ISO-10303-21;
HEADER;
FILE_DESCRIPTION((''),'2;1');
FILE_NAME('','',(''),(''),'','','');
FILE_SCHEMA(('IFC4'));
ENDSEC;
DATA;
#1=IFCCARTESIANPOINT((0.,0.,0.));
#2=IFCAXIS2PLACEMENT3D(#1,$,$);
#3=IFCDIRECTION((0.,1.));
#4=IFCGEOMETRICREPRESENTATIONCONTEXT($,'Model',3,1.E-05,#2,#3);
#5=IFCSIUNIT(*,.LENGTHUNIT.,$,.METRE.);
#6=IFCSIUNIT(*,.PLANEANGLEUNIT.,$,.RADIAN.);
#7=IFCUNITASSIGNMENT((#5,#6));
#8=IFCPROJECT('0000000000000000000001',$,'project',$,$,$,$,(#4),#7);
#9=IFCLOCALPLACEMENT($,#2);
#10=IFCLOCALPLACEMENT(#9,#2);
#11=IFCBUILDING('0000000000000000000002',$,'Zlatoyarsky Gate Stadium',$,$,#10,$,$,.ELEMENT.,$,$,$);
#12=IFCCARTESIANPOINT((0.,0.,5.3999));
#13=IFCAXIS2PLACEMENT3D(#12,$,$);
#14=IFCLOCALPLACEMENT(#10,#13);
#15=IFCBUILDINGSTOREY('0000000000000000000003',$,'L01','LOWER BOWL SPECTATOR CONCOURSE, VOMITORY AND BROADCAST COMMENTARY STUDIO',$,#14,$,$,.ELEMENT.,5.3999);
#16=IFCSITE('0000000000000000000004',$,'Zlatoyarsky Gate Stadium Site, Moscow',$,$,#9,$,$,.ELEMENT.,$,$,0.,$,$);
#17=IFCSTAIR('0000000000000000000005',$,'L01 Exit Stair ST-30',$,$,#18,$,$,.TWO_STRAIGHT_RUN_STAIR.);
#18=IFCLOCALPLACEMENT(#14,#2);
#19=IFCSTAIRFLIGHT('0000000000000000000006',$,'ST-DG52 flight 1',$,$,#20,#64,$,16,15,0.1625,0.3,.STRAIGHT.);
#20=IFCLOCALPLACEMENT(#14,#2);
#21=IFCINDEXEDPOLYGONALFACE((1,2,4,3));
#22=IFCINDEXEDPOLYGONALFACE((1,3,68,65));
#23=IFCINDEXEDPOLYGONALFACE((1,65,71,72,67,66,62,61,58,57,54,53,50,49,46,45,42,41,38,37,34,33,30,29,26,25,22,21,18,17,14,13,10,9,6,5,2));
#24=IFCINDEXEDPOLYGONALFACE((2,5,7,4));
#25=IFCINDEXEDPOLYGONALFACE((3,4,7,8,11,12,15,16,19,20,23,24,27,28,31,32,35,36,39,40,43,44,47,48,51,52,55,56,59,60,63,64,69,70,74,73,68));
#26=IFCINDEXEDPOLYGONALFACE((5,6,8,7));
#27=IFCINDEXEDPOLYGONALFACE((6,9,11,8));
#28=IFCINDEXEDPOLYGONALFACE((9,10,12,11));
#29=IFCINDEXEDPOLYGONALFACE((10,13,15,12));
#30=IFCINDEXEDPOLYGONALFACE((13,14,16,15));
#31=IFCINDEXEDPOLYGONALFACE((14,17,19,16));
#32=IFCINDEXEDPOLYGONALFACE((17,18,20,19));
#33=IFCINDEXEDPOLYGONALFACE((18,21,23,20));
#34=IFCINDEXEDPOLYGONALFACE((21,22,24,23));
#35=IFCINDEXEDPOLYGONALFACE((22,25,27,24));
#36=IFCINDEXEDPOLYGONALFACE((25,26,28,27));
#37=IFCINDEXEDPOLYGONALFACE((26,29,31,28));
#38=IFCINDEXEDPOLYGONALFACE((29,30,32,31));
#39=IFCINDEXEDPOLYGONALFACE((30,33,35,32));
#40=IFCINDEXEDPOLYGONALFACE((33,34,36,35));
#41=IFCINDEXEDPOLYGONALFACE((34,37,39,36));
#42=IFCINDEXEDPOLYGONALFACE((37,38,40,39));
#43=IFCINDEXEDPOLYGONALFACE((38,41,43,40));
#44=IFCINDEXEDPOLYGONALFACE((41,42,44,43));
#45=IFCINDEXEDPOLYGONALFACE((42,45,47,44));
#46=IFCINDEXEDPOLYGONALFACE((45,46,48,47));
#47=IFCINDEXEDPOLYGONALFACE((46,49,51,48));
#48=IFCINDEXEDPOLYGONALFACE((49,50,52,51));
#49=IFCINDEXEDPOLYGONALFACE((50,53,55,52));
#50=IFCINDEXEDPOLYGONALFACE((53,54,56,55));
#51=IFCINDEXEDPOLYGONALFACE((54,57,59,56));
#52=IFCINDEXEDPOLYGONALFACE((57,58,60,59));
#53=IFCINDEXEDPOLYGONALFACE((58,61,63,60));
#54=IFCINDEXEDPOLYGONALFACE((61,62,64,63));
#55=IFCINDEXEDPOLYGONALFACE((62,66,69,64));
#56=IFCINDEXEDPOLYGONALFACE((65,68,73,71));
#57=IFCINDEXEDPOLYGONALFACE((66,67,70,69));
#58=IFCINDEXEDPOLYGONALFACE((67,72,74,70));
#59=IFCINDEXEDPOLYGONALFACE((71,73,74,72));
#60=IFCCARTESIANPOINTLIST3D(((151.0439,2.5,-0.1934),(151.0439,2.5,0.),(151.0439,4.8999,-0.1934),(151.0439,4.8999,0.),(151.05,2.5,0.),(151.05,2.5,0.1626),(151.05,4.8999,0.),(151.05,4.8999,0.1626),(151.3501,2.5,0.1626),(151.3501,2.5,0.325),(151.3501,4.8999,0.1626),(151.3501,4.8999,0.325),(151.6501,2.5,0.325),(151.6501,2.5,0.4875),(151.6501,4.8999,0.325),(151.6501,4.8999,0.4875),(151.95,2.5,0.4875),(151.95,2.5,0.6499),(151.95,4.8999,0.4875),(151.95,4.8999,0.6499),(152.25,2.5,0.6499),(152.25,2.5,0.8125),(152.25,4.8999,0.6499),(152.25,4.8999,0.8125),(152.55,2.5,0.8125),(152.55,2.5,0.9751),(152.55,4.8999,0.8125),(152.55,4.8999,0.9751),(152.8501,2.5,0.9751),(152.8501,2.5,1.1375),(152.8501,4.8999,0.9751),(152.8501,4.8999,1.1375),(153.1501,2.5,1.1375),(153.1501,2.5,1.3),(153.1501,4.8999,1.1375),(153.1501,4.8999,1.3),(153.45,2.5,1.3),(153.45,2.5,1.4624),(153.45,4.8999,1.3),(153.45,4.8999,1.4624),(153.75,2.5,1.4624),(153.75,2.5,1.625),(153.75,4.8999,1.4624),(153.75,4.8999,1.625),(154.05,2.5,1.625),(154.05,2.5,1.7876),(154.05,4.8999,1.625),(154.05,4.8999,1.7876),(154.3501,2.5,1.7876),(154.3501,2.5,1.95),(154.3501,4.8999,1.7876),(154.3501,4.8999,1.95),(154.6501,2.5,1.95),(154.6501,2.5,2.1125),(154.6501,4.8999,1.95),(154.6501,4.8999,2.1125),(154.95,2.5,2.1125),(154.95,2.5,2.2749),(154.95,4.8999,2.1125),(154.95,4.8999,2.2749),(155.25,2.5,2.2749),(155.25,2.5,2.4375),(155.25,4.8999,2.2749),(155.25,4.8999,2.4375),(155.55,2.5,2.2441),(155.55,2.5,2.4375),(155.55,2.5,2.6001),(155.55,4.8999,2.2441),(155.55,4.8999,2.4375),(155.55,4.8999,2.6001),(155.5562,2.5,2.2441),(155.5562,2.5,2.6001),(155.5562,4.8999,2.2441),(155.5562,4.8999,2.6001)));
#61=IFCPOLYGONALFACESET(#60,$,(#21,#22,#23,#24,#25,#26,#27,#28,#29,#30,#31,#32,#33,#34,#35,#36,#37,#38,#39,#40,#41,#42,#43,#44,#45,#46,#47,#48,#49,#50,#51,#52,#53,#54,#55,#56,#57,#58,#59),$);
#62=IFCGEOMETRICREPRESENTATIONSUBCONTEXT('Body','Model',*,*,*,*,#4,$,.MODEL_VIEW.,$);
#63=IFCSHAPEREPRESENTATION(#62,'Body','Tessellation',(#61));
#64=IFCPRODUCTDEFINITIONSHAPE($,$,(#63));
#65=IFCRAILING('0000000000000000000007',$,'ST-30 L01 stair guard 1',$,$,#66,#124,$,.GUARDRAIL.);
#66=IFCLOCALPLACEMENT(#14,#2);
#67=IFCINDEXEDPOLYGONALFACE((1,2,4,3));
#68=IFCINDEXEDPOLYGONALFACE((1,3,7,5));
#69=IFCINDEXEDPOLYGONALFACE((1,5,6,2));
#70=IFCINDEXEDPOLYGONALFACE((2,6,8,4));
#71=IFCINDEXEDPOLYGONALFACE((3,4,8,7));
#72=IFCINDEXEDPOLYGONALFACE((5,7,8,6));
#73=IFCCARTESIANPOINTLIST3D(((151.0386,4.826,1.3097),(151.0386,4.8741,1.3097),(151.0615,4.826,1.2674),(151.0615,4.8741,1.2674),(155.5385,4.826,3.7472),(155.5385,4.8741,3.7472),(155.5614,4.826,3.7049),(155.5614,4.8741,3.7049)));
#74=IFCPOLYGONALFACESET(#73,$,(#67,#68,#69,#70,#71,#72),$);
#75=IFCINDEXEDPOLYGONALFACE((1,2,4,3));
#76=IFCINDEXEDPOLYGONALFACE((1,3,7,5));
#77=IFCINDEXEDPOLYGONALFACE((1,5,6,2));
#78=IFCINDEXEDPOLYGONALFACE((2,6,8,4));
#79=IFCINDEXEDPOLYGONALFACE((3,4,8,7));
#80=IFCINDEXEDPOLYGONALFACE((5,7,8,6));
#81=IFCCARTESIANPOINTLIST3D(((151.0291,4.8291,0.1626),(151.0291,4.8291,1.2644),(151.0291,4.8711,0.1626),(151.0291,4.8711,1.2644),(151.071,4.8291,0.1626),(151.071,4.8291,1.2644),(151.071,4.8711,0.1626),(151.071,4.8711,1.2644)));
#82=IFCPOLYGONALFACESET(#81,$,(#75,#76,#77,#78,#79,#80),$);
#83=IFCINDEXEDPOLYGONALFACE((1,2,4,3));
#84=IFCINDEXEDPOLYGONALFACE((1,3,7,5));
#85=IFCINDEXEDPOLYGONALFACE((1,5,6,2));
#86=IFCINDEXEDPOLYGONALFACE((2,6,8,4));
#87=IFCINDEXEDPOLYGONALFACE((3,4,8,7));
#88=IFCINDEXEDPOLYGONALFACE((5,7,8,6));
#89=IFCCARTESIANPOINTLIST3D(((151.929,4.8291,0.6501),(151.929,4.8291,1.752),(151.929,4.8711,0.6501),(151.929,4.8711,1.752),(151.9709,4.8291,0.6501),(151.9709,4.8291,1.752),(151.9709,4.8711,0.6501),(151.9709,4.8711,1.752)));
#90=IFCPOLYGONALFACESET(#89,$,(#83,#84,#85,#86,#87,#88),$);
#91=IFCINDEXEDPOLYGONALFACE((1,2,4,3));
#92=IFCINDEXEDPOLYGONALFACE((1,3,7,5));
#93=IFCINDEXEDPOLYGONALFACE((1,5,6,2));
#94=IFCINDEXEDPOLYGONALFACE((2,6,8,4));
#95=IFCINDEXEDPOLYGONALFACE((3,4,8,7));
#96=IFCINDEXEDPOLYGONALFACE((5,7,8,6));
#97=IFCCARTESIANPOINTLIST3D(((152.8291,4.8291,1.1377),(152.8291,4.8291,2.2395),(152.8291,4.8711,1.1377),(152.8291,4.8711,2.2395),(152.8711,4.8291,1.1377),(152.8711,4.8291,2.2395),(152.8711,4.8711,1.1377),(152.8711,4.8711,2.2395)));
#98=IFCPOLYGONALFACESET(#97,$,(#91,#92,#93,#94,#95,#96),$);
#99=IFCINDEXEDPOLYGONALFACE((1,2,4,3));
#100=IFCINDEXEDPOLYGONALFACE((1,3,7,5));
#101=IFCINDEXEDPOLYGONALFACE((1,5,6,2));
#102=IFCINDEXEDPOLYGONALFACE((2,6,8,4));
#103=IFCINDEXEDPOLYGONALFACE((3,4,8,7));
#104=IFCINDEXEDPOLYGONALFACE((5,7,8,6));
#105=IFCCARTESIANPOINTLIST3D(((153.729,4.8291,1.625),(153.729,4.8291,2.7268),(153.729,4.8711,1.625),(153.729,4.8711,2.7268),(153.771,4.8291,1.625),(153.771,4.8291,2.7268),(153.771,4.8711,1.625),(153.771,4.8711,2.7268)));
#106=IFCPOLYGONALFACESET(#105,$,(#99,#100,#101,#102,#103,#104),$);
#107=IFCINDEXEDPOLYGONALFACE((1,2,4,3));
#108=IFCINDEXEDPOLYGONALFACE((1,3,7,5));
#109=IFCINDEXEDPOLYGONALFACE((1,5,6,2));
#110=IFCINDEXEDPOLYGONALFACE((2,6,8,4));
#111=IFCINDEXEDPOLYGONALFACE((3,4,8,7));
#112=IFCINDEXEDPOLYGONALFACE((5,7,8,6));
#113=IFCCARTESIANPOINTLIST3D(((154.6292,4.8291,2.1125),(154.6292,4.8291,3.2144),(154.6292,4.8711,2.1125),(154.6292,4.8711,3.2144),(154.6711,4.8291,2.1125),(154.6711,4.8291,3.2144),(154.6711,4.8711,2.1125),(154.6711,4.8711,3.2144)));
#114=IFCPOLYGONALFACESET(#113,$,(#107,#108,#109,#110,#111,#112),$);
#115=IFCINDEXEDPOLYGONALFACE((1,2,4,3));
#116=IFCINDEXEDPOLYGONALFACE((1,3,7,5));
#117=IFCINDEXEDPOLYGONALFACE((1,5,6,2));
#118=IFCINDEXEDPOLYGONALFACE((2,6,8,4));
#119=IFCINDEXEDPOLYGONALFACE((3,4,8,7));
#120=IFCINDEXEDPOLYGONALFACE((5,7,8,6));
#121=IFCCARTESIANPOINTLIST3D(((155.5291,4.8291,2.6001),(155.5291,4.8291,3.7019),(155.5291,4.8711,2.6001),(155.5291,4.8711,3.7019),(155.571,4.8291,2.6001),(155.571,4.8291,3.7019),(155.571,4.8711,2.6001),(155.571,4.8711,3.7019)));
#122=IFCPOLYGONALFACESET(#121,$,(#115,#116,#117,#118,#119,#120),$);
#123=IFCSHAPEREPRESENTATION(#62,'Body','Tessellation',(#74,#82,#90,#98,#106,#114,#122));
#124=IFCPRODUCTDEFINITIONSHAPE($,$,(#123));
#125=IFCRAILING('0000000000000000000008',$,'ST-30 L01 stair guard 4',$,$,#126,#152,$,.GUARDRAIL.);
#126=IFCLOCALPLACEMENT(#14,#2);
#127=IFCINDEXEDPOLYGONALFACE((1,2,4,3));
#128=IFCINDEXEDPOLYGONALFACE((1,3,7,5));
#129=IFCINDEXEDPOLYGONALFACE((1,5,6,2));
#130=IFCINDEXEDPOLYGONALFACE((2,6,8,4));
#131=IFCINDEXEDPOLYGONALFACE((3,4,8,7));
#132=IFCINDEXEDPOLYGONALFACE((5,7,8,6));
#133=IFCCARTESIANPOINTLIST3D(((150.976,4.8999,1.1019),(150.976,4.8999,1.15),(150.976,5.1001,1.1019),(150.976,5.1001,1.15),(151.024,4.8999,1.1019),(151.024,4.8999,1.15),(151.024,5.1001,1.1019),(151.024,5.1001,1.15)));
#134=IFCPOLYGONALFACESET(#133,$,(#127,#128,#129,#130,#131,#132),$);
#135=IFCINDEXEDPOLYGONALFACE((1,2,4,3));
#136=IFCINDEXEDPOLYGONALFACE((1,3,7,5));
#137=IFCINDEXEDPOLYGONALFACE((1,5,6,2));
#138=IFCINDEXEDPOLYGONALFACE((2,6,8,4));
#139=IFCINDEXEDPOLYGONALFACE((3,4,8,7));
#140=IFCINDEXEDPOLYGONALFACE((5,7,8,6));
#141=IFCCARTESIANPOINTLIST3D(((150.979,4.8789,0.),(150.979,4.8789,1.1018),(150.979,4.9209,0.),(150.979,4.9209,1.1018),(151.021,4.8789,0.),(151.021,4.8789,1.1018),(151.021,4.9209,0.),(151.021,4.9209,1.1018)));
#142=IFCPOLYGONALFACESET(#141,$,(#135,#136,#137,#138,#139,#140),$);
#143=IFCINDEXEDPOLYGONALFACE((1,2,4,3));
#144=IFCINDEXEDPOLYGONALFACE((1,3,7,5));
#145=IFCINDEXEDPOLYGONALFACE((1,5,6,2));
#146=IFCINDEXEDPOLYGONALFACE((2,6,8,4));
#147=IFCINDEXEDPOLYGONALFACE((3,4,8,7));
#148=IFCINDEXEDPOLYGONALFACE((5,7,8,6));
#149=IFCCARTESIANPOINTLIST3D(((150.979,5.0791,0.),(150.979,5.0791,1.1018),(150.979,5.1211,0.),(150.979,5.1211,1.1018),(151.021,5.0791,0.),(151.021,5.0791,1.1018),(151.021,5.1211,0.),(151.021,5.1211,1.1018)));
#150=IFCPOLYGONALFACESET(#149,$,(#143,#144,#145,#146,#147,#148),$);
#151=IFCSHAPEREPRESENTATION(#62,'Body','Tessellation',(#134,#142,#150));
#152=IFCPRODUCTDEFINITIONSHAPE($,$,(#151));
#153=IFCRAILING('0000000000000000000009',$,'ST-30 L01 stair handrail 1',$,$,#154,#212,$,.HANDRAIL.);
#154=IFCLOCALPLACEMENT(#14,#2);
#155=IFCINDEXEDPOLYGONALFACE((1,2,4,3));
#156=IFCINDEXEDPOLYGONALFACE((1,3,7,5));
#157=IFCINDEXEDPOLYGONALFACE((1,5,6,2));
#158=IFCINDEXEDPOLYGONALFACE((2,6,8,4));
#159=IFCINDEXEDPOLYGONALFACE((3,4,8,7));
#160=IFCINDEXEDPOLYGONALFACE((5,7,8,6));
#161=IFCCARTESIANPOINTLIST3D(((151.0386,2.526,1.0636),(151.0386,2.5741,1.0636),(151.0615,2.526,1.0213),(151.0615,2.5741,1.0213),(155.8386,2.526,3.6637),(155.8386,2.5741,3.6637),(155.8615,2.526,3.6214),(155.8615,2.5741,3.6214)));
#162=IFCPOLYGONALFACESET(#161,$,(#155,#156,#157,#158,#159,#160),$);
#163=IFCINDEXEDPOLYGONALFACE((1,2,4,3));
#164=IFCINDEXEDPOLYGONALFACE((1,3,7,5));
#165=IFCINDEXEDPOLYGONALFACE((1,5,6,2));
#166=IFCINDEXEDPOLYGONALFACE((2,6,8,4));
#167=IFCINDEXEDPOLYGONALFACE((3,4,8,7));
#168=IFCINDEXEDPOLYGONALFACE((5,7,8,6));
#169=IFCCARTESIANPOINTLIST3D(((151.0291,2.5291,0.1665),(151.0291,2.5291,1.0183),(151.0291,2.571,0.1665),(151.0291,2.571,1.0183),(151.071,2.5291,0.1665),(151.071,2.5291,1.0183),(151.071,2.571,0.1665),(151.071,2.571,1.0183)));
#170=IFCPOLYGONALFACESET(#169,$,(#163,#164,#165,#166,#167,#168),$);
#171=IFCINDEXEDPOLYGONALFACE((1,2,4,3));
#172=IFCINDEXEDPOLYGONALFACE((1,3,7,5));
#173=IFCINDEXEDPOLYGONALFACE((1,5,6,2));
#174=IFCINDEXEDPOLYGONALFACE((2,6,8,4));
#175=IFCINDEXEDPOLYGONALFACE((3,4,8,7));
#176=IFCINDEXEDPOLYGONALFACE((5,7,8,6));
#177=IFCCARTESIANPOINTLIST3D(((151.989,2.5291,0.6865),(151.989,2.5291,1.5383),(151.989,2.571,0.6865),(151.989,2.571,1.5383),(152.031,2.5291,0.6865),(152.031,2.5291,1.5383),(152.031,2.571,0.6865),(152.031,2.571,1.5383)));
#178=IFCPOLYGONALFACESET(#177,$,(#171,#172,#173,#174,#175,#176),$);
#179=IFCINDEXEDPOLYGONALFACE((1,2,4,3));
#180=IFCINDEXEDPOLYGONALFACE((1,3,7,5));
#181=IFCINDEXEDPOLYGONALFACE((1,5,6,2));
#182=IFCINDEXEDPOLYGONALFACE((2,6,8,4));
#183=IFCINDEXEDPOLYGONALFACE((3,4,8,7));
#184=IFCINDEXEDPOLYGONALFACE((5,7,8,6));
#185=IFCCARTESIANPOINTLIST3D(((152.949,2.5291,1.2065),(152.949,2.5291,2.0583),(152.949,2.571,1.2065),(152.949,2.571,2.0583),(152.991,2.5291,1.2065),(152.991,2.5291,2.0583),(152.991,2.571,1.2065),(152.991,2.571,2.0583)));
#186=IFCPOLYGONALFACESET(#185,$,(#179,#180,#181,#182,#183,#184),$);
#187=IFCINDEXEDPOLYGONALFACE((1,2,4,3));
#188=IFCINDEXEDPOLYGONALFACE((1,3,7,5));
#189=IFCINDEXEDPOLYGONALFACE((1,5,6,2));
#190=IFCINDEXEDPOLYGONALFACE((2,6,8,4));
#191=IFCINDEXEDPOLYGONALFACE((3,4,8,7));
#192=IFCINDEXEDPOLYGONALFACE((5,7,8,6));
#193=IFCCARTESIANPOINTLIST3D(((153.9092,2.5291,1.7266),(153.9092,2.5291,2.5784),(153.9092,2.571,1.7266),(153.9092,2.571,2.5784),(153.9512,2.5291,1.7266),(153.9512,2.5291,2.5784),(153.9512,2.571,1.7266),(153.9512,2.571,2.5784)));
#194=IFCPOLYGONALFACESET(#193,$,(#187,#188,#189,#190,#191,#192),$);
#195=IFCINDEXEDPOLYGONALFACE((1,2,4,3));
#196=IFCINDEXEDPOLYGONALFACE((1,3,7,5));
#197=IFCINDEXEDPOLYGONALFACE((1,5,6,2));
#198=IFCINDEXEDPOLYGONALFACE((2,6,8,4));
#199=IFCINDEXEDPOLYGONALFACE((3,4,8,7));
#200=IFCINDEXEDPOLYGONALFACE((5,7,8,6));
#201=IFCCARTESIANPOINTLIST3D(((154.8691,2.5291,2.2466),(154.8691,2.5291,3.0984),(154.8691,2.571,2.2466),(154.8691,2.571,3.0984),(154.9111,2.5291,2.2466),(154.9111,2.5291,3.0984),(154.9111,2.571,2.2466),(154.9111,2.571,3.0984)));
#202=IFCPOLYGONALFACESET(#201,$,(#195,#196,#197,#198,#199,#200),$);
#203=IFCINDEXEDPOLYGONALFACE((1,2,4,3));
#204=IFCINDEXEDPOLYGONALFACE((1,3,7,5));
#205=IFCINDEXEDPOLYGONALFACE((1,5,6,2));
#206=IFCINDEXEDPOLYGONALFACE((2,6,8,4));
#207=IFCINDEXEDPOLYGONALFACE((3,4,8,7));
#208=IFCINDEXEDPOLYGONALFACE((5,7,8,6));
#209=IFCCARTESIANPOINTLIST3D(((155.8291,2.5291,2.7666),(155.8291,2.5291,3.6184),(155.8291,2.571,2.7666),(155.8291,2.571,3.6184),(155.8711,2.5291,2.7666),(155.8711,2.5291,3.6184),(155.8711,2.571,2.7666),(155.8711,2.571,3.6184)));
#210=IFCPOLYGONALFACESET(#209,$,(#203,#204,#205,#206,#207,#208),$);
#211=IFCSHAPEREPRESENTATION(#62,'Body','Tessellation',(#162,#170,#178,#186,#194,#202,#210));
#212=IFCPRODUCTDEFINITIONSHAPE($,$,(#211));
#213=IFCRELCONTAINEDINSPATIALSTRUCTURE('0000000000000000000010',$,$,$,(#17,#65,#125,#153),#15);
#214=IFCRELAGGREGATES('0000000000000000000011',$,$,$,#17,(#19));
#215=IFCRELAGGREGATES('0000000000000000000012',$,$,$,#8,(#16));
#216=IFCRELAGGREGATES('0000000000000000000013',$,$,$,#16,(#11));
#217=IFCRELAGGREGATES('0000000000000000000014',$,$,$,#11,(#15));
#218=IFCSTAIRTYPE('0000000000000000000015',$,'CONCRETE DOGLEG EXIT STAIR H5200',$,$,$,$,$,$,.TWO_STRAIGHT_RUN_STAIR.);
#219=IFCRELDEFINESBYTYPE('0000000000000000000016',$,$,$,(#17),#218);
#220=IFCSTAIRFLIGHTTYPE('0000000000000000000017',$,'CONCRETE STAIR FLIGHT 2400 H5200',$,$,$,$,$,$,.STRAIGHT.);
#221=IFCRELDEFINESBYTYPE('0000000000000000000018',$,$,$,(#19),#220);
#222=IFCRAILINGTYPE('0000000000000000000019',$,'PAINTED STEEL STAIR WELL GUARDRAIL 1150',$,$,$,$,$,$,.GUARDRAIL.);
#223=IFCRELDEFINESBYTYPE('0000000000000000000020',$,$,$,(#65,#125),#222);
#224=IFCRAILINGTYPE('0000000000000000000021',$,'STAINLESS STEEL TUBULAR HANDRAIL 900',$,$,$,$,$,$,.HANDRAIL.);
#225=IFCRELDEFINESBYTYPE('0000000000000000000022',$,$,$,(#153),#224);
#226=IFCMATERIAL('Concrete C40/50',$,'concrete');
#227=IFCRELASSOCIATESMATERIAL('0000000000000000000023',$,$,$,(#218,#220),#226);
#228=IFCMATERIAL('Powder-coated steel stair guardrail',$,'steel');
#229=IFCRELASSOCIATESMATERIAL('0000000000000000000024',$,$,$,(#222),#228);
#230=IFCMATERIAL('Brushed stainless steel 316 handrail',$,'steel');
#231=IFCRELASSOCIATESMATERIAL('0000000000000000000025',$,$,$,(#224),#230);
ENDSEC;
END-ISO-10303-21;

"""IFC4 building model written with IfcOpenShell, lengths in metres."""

from ifc_helpers import new_model, si_unit, direction, frame, origin, origin_2d, place, context, subcontext, project, spatial, polyline, rectangle, outline, extrude, material, type_object, element, aggregate, save


model = new_model("IFC4")

# Units and contexts
model_context = context("Model", 3, precision=1e-05, world=origin(), true_north=direction((0.0, 1.0)))
body_context = subcontext(model_context, "Body", "Model", "MODEL_VIEW")
ifc_project = project(units=[si_unit("LENGTHUNIT", "METRE"), si_unit("PLANEANGLEUNIT", "RADIAN")], contexts=[model_context])

# Site, building, storey
site_placement = place(None, origin())
site = spatial("IfcSite", under=ifc_project, at=site_placement, Name="Zlatoyarsky Gate Stadium Site, Moscow", CompositionType="ELEMENT", RefElevation=0.0)
building_placement = place(site_placement, origin())
building = spatial("IfcBuilding", under=site, at=building_placement, Name="Zlatoyarsky Gate Stadium", CompositionType="ELEMENT")
storey_placement = place(building_placement, frame((0.0, 0.0, 5.3999)))
storey = spatial("IfcBuildingStorey", under=building, at=storey_placement, Name="L01", Description="LOWER BOWL SPECTATOR CONCOURSE, VOMITORY AND BROADCAST COMMENTARY STUDIO", CompositionType="ELEMENT", Elevation=5.3999)

# Shared definitions
ifc_material_1 = material(Name="Concrete C40/50", Category="concrete")

# Stair, stair flight
stair_type = type_object("IfcStairType", Name="CONCRETE DOGLEG EXIT STAIR H5200", PredefinedType="TWO_STRAIGHT_RUN_STAIR", material=ifc_material_1)
stair_placement = place(storey_placement, origin())
stair = element("IfcStair", 1, at=stair_placement, inside=storey, type_object=stair_type, Name="L01 Exit Stair ST-30", PredefinedType="TWO_STRAIGHT_RUN_STAIR")
stair_flight_type = type_object("IfcStairFlightType", Name="CONCRETE STAIR FLIGHT 2400 H5200", PredefinedType="STRAIGHT", material=ifc_material_1)
stair_flight_placement = place(storey_placement, frame((151.05, 3.7, 0.0), z_axis=(0.0, 0.0, 1.0), x_axis=(1.0, 0.0, 0.0)))
stair_flight = element("IfcStairFlight", 2, at=stair_flight_placement, type_object=stair_flight_type, Name="ST-DG52 flight 1", NumberOfRisers=16, NumberOfTreads=15, PredefinedType="STRAIGHT", RiserHeight=0.1625, TreadLength=0.3, context=body_context, shape_type="SweptSolid", body=[
    extrude(outline(polyline([(-0.0061, -0.1934), (-0.0061, 0.0), (0.0, 0.0), (0.0, 0.1626), (0.3, 0.1626), (0.3, 0.325), (0.6001, 0.325), (0.6001, 0.4875), (0.8999, 0.4875), (0.8999, 0.6499), (1.2, 0.6499), (1.2, 0.8125), (1.5, 0.8125), (1.5, 0.9751), (1.8, 0.9751), (1.8, 1.1375), (2.1001, 1.1375), (2.1001, 1.3), (2.3999, 1.3), (2.3999, 1.4624), (2.7, 1.4624), (2.7, 1.625), (3.0, 1.625), (3.0, 1.7876), (3.3, 1.7876), (3.3, 1.95), (3.6001, 1.95), (3.6001, 2.1125), (3.8999, 2.1125), (3.8999, 2.2749), (4.2, 2.2749), (4.2, 2.4375), (4.5, 2.4375), (4.5, 2.6001), (4.5061, 2.6001), (4.5061, 2.2441), (4.5, 2.2441), (-0.0061, -0.1934)])), frame((0.0, 1.2, 0.0), z_axis=(0.0, -1.0, 0.0), x_axis=(1.0, 0.0, 0.0)), (0.0, 0.0, 1.0), 2.3999),
])
aggregate(stair, [stair_flight])

# Railings
ifc_material_2 = material(Name="Powder-coated steel stair guardrail", Category="steel")
railing_type_1 = type_object("IfcRailingType", Name="PAINTED STEEL STAIR WELL GUARDRAIL 1150", PredefinedType="GUARDRAIL", material=ifc_material_2)
railing_1_placement = place(storey_placement, frame((151.05, 4.8501, 0.1626)))
element("IfcRailing", 3, at=railing_1_placement, inside=storey, type_object=railing_type_1, Name="ST-30 L01 stair guard 1", PredefinedType="GUARDRAIL", context=body_context, shape_type="SweptSolid", body=[
    extrude(rectangle(XDim=0.0481, YDim=0.0481, at=origin_2d()), frame((0.0, 0.0, 1.126), z_axis=(0.879292, 0.0, 0.476283), x_axis=(0.0, 1.0, 0.0)), (0.0, 0.0, 1.0), 5.1177),
    extrude(rectangle(XDim=0.042, YDim=0.042, at=origin_2d()), origin(), (0.0, 0.0, 1.0), 1.1018),
    extrude(rectangle(XDim=0.042, YDim=0.042, at=origin_2d()), frame((0.8999, 0.0, 0.4875)), (0.0, 0.0, 1.0), 1.1018),
    extrude(rectangle(XDim=0.042, YDim=0.042, at=origin_2d()), frame((1.8, 0.0, 0.9751)), (0.0, 0.0, 1.0), 1.1018),
    extrude(rectangle(XDim=0.042, YDim=0.042, at=origin_2d()), frame((2.7, 0.0, 1.4624)), (0.0, 0.0, 1.0), 1.1018),
    extrude(rectangle(XDim=0.042, YDim=0.042, at=origin_2d()), frame((3.6001, 0.0, 1.95)), (0.0, 0.0, 1.0), 1.1018),
    extrude(rectangle(XDim=0.042, YDim=0.042, at=origin_2d()), frame((4.5, 0.0, 2.4375)), (0.0, 0.0, 1.0), 1.1018),
])
railing_2_placement = place(storey_placement, frame((151.0, 4.8999, 0.0)))
element("IfcRailing", 4, at=railing_2_placement, inside=storey, type_object=railing_type_1, Name="ST-30 L01 stair guard 4", PredefinedType="GUARDRAIL", context=body_context, shape_type="SweptSolid", body=[
    extrude(rectangle(XDim=0.0481, YDim=0.0481, at=origin_2d()), frame((0.0, 0.0, 1.126), z_axis=(0.0, 1.0, 0.0), x_axis=(-1.0, 0.0, 0.0)), (0.0, 0.0, 1.0), 0.2002),
    extrude(rectangle(XDim=0.042, YDim=0.042, at=origin_2d()), origin(), (0.0, 0.0, 1.0), 1.1018),
    extrude(rectangle(XDim=0.042, YDim=0.042, at=origin_2d()), frame((0.0, 0.2002, 0.0)), (0.0, 0.0, 1.0), 1.1018),
])
ifc_material_3 = material(Name="Brushed stainless steel 316 handrail", Category="steel")
railing_type_2 = type_object("IfcRailingType", Name="STAINLESS STEEL TUBULAR HANDRAIL 900", PredefinedType="HANDRAIL", material=ifc_material_3)
railing_3_placement = place(storey_placement, frame((151.05, 2.55, 0.1665)))
element("IfcRailing", 5, at=railing_3_placement, inside=storey, type_object=railing_type_2, Name="ST-30 L01 stair handrail 1", PredefinedType="HANDRAIL", context=body_context, shape_type="SweptSolid", body=[
    extrude(rectangle(XDim=0.0481, YDim=0.0481, at=origin_2d()), frame((0.0, 0.0, 0.876), z_axis=(0.879287, 0.0, 0.476293), x_axis=(0.0, 1.0, 0.0)), (0.0, 0.0, 1.0), 5.459),
    extrude(rectangle(XDim=0.042, YDim=0.042, at=origin_2d()), origin(), (0.0, 0.0, 1.0), 0.8518),
    extrude(rectangle(XDim=0.042, YDim=0.042, at=origin_2d()), frame((0.96, 0.0, 0.52)), (0.0, 0.0, 1.0), 0.8518),
    extrude(rectangle(XDim=0.042, YDim=0.042, at=origin_2d()), frame((1.9199, 0.0, 1.04)), (0.0, 0.0, 1.0), 0.8518),
    extrude(rectangle(XDim=0.042, YDim=0.042, at=origin_2d()), frame((2.8801, 0.0, 1.5601)), (0.0, 0.0, 1.0), 0.8518),
    extrude(rectangle(XDim=0.042, YDim=0.042, at=origin_2d()), frame((3.8401, 0.0, 2.0801)), (0.0, 0.0, 1.0), 0.8518),
    extrude(rectangle(XDim=0.042, YDim=0.042, at=origin_2d()), frame((4.8, 0.0, 2.6001)), (0.0, 0.0, 1.0), 0.8518),
])

save(model, "model.ifc")
